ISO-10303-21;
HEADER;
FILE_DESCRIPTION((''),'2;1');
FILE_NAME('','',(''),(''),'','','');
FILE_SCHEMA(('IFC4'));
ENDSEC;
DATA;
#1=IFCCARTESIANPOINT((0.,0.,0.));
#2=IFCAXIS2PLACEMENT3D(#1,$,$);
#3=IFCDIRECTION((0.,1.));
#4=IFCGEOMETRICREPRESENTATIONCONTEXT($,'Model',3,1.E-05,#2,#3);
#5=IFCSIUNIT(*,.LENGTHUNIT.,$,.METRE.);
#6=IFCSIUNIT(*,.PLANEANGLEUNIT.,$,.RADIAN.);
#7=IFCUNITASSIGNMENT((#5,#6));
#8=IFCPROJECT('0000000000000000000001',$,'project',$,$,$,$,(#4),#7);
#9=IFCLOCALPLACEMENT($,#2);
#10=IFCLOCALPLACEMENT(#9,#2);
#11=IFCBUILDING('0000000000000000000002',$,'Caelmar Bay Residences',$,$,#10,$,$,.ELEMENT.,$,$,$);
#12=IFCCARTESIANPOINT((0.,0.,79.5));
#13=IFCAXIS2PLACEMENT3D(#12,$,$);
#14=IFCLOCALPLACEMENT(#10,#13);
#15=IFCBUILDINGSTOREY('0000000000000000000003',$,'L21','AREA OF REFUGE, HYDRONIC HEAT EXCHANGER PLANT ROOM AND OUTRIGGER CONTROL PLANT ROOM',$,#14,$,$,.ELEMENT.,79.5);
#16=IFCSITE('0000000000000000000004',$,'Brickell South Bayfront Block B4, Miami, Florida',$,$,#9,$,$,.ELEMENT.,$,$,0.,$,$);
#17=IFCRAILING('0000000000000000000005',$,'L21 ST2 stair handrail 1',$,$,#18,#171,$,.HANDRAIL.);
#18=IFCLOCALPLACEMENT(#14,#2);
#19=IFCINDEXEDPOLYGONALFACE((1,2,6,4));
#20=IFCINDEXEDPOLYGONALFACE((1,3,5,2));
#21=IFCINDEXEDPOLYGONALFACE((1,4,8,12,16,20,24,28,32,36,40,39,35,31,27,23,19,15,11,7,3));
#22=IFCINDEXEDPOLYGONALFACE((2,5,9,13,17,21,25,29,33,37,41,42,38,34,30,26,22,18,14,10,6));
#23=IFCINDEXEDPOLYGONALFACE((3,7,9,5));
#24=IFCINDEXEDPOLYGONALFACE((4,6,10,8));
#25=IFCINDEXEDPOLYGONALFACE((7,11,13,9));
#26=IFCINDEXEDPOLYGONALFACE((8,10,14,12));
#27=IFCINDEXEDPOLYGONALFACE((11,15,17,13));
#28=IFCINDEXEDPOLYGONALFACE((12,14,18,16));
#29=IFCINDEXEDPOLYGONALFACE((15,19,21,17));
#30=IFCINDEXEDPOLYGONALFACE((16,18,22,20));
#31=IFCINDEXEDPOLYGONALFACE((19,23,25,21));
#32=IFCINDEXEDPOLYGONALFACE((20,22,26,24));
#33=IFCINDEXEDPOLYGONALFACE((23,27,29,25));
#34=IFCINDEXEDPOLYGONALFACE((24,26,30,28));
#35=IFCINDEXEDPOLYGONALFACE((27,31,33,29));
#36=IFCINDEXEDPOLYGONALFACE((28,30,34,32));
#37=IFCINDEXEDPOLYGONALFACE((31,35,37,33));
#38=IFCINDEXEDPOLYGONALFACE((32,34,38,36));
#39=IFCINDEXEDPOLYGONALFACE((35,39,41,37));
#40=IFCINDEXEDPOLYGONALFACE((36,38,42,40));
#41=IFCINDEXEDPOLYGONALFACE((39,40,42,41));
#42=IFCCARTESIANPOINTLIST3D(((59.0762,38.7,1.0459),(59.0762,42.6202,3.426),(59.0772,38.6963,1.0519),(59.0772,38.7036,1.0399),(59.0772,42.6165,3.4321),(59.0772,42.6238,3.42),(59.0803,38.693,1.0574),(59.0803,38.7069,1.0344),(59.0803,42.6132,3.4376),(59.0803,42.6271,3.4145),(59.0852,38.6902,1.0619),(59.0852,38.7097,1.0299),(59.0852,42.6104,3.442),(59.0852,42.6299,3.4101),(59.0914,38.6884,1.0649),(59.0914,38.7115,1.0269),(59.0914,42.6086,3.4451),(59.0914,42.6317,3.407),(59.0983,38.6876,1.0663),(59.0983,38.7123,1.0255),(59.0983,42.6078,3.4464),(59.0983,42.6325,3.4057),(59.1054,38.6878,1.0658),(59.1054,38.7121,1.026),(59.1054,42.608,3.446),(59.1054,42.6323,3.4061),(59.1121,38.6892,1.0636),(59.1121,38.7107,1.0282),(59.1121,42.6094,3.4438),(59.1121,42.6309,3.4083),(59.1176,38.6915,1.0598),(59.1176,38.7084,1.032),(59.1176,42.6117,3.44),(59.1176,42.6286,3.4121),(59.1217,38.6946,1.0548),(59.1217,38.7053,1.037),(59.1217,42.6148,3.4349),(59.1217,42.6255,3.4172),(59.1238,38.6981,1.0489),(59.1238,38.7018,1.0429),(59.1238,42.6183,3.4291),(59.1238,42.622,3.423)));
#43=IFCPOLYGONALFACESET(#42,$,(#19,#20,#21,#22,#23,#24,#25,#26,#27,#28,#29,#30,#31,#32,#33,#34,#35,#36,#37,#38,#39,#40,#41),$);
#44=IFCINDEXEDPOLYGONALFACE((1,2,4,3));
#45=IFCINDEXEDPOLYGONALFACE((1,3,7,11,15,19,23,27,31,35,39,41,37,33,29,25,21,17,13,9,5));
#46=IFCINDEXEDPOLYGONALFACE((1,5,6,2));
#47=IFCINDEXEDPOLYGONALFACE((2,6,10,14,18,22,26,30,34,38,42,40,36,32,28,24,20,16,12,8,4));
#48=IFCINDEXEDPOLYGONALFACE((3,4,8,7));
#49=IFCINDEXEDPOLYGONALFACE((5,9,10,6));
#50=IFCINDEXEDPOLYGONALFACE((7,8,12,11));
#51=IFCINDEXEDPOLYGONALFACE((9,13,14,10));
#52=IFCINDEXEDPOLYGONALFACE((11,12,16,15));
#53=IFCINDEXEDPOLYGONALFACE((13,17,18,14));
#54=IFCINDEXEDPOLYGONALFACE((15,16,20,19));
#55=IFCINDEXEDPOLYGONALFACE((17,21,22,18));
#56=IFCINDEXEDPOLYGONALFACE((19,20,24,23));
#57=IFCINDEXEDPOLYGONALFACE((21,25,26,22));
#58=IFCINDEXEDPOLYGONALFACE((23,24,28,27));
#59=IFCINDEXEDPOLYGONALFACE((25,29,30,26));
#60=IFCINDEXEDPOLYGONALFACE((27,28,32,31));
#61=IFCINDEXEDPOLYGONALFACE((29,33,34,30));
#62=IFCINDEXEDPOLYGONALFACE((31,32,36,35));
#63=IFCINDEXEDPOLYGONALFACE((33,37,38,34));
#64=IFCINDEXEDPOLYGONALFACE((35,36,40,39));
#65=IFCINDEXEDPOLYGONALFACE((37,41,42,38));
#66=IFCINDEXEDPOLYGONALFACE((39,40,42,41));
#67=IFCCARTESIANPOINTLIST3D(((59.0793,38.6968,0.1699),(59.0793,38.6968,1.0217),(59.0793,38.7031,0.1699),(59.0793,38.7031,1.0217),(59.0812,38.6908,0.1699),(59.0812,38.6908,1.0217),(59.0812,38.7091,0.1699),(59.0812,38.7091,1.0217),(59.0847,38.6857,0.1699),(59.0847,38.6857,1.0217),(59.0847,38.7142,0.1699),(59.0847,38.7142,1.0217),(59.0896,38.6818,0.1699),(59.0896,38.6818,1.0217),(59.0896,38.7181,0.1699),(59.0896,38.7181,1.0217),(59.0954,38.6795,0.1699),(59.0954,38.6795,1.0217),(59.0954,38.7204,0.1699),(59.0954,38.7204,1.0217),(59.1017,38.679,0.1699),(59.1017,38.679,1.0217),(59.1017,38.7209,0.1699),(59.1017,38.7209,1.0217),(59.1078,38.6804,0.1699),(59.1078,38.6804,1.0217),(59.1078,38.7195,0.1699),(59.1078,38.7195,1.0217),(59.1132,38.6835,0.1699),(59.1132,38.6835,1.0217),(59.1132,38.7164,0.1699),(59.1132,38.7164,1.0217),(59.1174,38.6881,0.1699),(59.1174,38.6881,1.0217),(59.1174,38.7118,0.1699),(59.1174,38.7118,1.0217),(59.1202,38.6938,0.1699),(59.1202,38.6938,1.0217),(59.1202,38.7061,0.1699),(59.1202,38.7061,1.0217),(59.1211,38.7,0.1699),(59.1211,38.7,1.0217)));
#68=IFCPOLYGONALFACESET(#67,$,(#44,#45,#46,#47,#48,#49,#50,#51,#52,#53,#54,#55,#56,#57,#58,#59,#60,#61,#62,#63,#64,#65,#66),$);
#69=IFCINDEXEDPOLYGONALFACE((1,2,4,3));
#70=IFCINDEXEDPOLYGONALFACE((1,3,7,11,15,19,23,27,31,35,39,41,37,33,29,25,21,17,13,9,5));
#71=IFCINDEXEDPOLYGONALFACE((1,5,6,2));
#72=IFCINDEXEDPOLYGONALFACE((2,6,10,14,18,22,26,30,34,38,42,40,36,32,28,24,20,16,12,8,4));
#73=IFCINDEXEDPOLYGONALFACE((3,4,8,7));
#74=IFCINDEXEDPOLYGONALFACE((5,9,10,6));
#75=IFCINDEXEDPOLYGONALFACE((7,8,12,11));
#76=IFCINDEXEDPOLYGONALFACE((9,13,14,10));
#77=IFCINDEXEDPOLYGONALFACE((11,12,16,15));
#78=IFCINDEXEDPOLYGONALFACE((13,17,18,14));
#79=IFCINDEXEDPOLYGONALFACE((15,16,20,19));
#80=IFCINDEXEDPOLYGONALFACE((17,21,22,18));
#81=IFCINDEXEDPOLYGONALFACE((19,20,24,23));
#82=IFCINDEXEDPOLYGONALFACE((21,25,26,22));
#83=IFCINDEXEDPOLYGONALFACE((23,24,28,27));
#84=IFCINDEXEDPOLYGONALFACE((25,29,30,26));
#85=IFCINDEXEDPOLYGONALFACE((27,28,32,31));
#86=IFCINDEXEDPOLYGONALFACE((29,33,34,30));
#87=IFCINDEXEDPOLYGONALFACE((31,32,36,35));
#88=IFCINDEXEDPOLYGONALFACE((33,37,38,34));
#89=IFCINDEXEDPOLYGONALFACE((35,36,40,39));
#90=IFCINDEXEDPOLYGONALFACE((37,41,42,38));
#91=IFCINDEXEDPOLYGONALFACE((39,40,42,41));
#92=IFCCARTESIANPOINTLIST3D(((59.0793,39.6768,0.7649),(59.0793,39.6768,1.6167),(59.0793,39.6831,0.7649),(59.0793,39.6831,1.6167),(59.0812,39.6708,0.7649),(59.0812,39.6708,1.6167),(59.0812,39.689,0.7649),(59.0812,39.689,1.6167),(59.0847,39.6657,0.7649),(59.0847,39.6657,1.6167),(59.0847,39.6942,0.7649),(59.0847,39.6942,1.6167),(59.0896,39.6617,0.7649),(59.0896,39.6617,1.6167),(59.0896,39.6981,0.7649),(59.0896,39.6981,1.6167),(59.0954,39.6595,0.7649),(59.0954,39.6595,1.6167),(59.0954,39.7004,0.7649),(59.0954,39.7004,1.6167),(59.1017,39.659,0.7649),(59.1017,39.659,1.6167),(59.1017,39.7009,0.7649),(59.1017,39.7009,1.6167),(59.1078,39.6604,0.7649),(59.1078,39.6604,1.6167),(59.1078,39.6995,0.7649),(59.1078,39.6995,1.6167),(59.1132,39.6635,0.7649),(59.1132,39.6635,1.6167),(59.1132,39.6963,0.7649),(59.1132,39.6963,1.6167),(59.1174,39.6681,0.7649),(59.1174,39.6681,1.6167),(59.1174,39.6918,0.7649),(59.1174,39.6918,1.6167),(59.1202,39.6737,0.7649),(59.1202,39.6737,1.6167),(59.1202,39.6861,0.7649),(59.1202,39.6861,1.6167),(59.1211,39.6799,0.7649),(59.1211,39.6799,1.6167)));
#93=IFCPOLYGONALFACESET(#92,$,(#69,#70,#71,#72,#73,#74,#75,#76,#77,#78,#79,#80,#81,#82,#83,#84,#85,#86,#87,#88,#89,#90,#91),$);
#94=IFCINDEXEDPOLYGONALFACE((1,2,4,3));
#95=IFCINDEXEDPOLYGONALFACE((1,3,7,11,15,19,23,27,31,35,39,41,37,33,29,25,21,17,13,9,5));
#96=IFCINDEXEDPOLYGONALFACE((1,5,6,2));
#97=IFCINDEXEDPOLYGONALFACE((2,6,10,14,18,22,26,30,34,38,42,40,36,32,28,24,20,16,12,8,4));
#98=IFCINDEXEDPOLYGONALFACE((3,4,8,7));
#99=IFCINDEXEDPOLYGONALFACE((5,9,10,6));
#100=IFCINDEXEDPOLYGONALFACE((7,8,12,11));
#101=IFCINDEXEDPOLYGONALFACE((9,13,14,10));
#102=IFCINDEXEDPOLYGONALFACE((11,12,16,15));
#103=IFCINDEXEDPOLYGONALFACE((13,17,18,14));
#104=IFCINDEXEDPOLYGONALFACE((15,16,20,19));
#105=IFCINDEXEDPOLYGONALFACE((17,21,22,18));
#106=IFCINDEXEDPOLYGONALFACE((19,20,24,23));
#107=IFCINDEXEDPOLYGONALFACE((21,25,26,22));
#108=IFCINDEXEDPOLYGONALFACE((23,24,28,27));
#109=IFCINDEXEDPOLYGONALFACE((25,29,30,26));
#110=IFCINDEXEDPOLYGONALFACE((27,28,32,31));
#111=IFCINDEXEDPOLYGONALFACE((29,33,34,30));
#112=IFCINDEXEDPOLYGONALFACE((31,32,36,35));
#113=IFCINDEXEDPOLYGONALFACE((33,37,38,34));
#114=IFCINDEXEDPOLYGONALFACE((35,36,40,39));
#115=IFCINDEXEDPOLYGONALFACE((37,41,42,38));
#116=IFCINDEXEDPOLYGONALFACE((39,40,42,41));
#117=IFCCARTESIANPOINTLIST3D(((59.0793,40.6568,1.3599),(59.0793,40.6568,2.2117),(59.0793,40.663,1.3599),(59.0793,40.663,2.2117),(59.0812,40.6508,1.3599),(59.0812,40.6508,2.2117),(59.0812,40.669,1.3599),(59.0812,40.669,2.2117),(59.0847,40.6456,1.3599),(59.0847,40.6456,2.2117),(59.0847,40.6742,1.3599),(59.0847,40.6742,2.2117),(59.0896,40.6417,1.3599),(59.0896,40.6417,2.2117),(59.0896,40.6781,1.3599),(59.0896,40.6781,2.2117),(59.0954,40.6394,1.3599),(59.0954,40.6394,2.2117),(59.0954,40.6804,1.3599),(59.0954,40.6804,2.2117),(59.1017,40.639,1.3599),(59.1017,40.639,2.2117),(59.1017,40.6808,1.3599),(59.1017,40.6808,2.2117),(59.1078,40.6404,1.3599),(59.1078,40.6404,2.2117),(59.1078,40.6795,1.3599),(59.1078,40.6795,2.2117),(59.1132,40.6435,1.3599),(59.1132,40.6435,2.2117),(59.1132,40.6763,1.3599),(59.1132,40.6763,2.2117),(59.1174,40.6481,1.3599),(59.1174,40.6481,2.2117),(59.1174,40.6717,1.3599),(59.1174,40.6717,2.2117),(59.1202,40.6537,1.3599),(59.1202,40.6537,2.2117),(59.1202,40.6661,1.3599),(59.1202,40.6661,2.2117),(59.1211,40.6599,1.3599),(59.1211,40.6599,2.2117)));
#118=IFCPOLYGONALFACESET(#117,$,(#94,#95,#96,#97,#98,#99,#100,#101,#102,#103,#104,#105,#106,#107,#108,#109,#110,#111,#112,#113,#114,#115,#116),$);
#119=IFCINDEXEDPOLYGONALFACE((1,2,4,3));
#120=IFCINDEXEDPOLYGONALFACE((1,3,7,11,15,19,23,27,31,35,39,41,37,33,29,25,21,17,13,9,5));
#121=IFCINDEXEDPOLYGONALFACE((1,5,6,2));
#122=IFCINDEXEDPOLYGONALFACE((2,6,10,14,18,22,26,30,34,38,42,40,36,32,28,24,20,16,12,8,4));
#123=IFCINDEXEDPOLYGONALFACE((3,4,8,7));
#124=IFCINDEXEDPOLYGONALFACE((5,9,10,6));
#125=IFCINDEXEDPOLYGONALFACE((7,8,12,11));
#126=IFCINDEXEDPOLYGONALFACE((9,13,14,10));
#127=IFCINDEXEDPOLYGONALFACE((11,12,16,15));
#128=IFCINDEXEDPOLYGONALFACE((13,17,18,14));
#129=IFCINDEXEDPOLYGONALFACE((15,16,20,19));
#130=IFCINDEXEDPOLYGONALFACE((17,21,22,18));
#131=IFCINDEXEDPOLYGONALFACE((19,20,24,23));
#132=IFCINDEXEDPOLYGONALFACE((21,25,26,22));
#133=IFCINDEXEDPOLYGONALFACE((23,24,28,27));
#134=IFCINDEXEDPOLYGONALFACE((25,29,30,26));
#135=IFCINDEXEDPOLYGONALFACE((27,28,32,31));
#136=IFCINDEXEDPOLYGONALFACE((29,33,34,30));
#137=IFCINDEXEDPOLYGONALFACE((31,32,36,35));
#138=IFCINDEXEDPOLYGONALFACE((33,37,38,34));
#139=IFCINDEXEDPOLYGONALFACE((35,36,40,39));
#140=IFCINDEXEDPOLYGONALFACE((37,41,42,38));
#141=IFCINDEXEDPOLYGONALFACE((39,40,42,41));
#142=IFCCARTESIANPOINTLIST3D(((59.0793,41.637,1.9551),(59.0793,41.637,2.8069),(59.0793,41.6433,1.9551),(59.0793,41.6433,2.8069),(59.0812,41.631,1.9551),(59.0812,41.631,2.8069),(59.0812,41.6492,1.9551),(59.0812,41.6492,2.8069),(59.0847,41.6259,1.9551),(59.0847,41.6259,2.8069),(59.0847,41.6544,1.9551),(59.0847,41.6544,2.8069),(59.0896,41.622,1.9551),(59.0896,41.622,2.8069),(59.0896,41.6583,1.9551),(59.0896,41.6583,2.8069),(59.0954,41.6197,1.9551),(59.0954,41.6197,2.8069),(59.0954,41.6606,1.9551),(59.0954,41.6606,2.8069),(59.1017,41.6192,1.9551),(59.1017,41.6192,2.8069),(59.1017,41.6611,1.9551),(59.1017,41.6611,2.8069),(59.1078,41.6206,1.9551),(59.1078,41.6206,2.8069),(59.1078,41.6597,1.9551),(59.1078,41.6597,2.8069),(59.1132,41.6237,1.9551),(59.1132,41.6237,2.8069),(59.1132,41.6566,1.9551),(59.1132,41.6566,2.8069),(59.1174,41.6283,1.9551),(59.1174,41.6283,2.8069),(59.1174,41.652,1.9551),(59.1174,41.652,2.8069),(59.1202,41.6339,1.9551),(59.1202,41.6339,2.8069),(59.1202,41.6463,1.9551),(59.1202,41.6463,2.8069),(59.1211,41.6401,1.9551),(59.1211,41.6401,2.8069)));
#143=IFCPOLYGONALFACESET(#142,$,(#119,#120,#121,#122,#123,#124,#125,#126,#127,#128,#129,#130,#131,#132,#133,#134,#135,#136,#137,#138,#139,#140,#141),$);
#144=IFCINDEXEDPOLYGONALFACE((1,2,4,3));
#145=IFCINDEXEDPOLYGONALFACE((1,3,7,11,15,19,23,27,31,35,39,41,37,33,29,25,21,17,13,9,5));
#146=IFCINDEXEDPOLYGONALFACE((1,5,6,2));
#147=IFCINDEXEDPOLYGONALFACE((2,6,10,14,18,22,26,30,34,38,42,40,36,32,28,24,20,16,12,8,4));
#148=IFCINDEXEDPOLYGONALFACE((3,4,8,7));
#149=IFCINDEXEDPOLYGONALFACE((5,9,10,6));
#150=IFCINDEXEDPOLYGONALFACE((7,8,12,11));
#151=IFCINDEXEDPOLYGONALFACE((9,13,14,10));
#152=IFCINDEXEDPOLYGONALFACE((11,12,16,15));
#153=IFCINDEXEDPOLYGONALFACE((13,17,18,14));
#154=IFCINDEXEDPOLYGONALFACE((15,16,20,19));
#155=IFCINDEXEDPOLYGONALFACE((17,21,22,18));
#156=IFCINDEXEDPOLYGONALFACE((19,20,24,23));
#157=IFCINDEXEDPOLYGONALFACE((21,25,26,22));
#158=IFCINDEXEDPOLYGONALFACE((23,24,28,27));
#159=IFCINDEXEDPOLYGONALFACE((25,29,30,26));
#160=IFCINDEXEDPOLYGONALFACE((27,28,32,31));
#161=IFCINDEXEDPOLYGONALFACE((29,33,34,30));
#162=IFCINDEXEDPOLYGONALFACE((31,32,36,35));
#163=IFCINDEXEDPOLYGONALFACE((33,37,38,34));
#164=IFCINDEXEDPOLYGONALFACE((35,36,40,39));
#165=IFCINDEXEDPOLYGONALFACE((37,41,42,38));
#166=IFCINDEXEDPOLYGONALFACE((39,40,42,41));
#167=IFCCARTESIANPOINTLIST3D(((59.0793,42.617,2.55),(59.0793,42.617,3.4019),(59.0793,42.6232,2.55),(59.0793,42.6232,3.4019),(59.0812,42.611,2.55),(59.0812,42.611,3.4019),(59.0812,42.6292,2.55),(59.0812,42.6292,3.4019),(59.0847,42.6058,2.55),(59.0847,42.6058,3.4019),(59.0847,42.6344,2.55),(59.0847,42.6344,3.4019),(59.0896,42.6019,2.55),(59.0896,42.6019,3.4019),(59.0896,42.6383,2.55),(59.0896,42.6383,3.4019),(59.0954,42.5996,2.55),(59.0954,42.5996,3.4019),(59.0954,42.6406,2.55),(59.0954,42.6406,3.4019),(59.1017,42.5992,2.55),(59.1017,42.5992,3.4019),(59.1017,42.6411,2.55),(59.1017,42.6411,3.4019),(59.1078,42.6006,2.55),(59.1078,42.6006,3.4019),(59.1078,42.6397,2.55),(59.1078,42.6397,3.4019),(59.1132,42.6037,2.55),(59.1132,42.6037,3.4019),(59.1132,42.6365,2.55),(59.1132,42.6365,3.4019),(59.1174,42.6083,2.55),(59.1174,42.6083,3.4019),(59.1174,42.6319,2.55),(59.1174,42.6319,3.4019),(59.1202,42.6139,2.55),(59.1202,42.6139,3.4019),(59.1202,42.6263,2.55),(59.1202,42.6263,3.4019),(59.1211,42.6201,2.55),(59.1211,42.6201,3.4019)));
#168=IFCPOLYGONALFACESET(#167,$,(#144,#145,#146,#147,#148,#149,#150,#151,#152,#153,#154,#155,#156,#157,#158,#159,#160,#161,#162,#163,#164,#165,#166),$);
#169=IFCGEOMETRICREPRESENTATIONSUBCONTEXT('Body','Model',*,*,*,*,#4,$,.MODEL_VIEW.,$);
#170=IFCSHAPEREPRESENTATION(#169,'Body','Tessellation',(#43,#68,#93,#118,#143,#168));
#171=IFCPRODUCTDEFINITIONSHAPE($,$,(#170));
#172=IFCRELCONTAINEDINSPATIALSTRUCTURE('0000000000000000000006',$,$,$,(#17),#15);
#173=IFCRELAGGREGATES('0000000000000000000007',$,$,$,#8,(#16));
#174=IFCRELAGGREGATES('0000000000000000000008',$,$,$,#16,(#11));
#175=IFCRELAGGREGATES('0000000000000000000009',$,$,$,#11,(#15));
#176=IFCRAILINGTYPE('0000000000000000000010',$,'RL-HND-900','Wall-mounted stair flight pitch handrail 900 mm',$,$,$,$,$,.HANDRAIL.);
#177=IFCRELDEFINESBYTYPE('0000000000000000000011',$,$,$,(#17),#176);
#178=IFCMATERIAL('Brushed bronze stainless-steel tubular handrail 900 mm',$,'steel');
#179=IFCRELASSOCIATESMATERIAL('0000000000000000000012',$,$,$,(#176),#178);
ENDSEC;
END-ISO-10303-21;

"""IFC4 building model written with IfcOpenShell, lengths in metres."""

from ifc_helpers import new_model, si_unit, direction, frame, origin, origin_2d, place, context, subcontext, project, spatial, circle, extrude, material, type_object, element, save


model = new_model("IFC4")

# Units and contexts
model_context = context("Model", 3, precision=1e-05, world=origin(), true_north=direction((0.0, 1.0)))
body_context = subcontext(model_context, "Body", "Model", "MODEL_VIEW")
ifc_project = project(units=[si_unit("LENGTHUNIT", "METRE"), si_unit("PLANEANGLEUNIT", "RADIAN")], contexts=[model_context])

# Site, building, storey
site_placement = place(None, origin())
site = spatial("IfcSite", under=ifc_project, at=site_placement, Name="Brickell South Bayfront Block B4, Miami, Florida", CompositionType="ELEMENT", RefElevation=0.0)
building_placement = place(site_placement, origin())
building = spatial("IfcBuilding", under=site, at=building_placement, Name="Caelmar Bay Residences", CompositionType="ELEMENT")
storey_placement = place(building_placement, frame((0.0, 0.0, 79.5)))
storey = spatial("IfcBuildingStorey", under=building, at=storey_placement, Name="L21", Description="AREA OF REFUGE, HYDRONIC HEAT EXCHANGER PLANT ROOM AND OUTRIGGER CONTROL PLANT ROOM", CompositionType="ELEMENT", Elevation=79.5)

# Railing
ifc_material_1 = material(Name="Brushed bronze stainless-steel tubular handrail 900 mm", Category="steel")
railing_type_1 = type_object("IfcRailingType", Name="RL-HND-900", Description="Wall-mounted stair flight pitch handrail 900 mm", PredefinedType="HANDRAIL", material=ifc_material_1)
railing_1_placement = place(storey_placement, frame((59.1001, 38.7, 0.1699)))
element("IfcRailing", 1, at=railing_1_placement, inside=storey, type_object=railing_type_1, Name="L21 ST2 stair handrail 1", PredefinedType="HANDRAIL", context=body_context, shape_type="SweptSolid", body=[
    extrude(circle(Radius=0.0239, at=origin_2d()), frame((0.0, 0.0, 0.876), z_axis=(0.0, 0.854785, 0.518982), x_axis=(-1.0, 0.0, 0.0)), (0.0, 0.0, 1.0), 4.5862),
    extrude(circle(Radius=0.021, at=origin_2d()), origin(), (0.0, 0.0, 1.0), 0.8518),
    extrude(circle(Radius=0.021, at=origin_2d()), frame((0.0, 0.98, 0.595)), (0.0, 0.0, 1.0), 0.8518),
    extrude(circle(Radius=0.021, at=origin_2d()), frame((0.0, 1.96, 1.1899)), (0.0, 0.0, 1.0), 0.8518),
    extrude(circle(Radius=0.021, at=origin_2d()), frame((0.0, 2.9402, 1.7852)), (0.0, 0.0, 1.0), 0.8518),
    extrude(circle(Radius=0.021, at=origin_2d()), frame((0.0, 3.9202, 2.3801)), (0.0, 0.0, 1.0), 0.8518),
])

save(model, "model.ifc")
